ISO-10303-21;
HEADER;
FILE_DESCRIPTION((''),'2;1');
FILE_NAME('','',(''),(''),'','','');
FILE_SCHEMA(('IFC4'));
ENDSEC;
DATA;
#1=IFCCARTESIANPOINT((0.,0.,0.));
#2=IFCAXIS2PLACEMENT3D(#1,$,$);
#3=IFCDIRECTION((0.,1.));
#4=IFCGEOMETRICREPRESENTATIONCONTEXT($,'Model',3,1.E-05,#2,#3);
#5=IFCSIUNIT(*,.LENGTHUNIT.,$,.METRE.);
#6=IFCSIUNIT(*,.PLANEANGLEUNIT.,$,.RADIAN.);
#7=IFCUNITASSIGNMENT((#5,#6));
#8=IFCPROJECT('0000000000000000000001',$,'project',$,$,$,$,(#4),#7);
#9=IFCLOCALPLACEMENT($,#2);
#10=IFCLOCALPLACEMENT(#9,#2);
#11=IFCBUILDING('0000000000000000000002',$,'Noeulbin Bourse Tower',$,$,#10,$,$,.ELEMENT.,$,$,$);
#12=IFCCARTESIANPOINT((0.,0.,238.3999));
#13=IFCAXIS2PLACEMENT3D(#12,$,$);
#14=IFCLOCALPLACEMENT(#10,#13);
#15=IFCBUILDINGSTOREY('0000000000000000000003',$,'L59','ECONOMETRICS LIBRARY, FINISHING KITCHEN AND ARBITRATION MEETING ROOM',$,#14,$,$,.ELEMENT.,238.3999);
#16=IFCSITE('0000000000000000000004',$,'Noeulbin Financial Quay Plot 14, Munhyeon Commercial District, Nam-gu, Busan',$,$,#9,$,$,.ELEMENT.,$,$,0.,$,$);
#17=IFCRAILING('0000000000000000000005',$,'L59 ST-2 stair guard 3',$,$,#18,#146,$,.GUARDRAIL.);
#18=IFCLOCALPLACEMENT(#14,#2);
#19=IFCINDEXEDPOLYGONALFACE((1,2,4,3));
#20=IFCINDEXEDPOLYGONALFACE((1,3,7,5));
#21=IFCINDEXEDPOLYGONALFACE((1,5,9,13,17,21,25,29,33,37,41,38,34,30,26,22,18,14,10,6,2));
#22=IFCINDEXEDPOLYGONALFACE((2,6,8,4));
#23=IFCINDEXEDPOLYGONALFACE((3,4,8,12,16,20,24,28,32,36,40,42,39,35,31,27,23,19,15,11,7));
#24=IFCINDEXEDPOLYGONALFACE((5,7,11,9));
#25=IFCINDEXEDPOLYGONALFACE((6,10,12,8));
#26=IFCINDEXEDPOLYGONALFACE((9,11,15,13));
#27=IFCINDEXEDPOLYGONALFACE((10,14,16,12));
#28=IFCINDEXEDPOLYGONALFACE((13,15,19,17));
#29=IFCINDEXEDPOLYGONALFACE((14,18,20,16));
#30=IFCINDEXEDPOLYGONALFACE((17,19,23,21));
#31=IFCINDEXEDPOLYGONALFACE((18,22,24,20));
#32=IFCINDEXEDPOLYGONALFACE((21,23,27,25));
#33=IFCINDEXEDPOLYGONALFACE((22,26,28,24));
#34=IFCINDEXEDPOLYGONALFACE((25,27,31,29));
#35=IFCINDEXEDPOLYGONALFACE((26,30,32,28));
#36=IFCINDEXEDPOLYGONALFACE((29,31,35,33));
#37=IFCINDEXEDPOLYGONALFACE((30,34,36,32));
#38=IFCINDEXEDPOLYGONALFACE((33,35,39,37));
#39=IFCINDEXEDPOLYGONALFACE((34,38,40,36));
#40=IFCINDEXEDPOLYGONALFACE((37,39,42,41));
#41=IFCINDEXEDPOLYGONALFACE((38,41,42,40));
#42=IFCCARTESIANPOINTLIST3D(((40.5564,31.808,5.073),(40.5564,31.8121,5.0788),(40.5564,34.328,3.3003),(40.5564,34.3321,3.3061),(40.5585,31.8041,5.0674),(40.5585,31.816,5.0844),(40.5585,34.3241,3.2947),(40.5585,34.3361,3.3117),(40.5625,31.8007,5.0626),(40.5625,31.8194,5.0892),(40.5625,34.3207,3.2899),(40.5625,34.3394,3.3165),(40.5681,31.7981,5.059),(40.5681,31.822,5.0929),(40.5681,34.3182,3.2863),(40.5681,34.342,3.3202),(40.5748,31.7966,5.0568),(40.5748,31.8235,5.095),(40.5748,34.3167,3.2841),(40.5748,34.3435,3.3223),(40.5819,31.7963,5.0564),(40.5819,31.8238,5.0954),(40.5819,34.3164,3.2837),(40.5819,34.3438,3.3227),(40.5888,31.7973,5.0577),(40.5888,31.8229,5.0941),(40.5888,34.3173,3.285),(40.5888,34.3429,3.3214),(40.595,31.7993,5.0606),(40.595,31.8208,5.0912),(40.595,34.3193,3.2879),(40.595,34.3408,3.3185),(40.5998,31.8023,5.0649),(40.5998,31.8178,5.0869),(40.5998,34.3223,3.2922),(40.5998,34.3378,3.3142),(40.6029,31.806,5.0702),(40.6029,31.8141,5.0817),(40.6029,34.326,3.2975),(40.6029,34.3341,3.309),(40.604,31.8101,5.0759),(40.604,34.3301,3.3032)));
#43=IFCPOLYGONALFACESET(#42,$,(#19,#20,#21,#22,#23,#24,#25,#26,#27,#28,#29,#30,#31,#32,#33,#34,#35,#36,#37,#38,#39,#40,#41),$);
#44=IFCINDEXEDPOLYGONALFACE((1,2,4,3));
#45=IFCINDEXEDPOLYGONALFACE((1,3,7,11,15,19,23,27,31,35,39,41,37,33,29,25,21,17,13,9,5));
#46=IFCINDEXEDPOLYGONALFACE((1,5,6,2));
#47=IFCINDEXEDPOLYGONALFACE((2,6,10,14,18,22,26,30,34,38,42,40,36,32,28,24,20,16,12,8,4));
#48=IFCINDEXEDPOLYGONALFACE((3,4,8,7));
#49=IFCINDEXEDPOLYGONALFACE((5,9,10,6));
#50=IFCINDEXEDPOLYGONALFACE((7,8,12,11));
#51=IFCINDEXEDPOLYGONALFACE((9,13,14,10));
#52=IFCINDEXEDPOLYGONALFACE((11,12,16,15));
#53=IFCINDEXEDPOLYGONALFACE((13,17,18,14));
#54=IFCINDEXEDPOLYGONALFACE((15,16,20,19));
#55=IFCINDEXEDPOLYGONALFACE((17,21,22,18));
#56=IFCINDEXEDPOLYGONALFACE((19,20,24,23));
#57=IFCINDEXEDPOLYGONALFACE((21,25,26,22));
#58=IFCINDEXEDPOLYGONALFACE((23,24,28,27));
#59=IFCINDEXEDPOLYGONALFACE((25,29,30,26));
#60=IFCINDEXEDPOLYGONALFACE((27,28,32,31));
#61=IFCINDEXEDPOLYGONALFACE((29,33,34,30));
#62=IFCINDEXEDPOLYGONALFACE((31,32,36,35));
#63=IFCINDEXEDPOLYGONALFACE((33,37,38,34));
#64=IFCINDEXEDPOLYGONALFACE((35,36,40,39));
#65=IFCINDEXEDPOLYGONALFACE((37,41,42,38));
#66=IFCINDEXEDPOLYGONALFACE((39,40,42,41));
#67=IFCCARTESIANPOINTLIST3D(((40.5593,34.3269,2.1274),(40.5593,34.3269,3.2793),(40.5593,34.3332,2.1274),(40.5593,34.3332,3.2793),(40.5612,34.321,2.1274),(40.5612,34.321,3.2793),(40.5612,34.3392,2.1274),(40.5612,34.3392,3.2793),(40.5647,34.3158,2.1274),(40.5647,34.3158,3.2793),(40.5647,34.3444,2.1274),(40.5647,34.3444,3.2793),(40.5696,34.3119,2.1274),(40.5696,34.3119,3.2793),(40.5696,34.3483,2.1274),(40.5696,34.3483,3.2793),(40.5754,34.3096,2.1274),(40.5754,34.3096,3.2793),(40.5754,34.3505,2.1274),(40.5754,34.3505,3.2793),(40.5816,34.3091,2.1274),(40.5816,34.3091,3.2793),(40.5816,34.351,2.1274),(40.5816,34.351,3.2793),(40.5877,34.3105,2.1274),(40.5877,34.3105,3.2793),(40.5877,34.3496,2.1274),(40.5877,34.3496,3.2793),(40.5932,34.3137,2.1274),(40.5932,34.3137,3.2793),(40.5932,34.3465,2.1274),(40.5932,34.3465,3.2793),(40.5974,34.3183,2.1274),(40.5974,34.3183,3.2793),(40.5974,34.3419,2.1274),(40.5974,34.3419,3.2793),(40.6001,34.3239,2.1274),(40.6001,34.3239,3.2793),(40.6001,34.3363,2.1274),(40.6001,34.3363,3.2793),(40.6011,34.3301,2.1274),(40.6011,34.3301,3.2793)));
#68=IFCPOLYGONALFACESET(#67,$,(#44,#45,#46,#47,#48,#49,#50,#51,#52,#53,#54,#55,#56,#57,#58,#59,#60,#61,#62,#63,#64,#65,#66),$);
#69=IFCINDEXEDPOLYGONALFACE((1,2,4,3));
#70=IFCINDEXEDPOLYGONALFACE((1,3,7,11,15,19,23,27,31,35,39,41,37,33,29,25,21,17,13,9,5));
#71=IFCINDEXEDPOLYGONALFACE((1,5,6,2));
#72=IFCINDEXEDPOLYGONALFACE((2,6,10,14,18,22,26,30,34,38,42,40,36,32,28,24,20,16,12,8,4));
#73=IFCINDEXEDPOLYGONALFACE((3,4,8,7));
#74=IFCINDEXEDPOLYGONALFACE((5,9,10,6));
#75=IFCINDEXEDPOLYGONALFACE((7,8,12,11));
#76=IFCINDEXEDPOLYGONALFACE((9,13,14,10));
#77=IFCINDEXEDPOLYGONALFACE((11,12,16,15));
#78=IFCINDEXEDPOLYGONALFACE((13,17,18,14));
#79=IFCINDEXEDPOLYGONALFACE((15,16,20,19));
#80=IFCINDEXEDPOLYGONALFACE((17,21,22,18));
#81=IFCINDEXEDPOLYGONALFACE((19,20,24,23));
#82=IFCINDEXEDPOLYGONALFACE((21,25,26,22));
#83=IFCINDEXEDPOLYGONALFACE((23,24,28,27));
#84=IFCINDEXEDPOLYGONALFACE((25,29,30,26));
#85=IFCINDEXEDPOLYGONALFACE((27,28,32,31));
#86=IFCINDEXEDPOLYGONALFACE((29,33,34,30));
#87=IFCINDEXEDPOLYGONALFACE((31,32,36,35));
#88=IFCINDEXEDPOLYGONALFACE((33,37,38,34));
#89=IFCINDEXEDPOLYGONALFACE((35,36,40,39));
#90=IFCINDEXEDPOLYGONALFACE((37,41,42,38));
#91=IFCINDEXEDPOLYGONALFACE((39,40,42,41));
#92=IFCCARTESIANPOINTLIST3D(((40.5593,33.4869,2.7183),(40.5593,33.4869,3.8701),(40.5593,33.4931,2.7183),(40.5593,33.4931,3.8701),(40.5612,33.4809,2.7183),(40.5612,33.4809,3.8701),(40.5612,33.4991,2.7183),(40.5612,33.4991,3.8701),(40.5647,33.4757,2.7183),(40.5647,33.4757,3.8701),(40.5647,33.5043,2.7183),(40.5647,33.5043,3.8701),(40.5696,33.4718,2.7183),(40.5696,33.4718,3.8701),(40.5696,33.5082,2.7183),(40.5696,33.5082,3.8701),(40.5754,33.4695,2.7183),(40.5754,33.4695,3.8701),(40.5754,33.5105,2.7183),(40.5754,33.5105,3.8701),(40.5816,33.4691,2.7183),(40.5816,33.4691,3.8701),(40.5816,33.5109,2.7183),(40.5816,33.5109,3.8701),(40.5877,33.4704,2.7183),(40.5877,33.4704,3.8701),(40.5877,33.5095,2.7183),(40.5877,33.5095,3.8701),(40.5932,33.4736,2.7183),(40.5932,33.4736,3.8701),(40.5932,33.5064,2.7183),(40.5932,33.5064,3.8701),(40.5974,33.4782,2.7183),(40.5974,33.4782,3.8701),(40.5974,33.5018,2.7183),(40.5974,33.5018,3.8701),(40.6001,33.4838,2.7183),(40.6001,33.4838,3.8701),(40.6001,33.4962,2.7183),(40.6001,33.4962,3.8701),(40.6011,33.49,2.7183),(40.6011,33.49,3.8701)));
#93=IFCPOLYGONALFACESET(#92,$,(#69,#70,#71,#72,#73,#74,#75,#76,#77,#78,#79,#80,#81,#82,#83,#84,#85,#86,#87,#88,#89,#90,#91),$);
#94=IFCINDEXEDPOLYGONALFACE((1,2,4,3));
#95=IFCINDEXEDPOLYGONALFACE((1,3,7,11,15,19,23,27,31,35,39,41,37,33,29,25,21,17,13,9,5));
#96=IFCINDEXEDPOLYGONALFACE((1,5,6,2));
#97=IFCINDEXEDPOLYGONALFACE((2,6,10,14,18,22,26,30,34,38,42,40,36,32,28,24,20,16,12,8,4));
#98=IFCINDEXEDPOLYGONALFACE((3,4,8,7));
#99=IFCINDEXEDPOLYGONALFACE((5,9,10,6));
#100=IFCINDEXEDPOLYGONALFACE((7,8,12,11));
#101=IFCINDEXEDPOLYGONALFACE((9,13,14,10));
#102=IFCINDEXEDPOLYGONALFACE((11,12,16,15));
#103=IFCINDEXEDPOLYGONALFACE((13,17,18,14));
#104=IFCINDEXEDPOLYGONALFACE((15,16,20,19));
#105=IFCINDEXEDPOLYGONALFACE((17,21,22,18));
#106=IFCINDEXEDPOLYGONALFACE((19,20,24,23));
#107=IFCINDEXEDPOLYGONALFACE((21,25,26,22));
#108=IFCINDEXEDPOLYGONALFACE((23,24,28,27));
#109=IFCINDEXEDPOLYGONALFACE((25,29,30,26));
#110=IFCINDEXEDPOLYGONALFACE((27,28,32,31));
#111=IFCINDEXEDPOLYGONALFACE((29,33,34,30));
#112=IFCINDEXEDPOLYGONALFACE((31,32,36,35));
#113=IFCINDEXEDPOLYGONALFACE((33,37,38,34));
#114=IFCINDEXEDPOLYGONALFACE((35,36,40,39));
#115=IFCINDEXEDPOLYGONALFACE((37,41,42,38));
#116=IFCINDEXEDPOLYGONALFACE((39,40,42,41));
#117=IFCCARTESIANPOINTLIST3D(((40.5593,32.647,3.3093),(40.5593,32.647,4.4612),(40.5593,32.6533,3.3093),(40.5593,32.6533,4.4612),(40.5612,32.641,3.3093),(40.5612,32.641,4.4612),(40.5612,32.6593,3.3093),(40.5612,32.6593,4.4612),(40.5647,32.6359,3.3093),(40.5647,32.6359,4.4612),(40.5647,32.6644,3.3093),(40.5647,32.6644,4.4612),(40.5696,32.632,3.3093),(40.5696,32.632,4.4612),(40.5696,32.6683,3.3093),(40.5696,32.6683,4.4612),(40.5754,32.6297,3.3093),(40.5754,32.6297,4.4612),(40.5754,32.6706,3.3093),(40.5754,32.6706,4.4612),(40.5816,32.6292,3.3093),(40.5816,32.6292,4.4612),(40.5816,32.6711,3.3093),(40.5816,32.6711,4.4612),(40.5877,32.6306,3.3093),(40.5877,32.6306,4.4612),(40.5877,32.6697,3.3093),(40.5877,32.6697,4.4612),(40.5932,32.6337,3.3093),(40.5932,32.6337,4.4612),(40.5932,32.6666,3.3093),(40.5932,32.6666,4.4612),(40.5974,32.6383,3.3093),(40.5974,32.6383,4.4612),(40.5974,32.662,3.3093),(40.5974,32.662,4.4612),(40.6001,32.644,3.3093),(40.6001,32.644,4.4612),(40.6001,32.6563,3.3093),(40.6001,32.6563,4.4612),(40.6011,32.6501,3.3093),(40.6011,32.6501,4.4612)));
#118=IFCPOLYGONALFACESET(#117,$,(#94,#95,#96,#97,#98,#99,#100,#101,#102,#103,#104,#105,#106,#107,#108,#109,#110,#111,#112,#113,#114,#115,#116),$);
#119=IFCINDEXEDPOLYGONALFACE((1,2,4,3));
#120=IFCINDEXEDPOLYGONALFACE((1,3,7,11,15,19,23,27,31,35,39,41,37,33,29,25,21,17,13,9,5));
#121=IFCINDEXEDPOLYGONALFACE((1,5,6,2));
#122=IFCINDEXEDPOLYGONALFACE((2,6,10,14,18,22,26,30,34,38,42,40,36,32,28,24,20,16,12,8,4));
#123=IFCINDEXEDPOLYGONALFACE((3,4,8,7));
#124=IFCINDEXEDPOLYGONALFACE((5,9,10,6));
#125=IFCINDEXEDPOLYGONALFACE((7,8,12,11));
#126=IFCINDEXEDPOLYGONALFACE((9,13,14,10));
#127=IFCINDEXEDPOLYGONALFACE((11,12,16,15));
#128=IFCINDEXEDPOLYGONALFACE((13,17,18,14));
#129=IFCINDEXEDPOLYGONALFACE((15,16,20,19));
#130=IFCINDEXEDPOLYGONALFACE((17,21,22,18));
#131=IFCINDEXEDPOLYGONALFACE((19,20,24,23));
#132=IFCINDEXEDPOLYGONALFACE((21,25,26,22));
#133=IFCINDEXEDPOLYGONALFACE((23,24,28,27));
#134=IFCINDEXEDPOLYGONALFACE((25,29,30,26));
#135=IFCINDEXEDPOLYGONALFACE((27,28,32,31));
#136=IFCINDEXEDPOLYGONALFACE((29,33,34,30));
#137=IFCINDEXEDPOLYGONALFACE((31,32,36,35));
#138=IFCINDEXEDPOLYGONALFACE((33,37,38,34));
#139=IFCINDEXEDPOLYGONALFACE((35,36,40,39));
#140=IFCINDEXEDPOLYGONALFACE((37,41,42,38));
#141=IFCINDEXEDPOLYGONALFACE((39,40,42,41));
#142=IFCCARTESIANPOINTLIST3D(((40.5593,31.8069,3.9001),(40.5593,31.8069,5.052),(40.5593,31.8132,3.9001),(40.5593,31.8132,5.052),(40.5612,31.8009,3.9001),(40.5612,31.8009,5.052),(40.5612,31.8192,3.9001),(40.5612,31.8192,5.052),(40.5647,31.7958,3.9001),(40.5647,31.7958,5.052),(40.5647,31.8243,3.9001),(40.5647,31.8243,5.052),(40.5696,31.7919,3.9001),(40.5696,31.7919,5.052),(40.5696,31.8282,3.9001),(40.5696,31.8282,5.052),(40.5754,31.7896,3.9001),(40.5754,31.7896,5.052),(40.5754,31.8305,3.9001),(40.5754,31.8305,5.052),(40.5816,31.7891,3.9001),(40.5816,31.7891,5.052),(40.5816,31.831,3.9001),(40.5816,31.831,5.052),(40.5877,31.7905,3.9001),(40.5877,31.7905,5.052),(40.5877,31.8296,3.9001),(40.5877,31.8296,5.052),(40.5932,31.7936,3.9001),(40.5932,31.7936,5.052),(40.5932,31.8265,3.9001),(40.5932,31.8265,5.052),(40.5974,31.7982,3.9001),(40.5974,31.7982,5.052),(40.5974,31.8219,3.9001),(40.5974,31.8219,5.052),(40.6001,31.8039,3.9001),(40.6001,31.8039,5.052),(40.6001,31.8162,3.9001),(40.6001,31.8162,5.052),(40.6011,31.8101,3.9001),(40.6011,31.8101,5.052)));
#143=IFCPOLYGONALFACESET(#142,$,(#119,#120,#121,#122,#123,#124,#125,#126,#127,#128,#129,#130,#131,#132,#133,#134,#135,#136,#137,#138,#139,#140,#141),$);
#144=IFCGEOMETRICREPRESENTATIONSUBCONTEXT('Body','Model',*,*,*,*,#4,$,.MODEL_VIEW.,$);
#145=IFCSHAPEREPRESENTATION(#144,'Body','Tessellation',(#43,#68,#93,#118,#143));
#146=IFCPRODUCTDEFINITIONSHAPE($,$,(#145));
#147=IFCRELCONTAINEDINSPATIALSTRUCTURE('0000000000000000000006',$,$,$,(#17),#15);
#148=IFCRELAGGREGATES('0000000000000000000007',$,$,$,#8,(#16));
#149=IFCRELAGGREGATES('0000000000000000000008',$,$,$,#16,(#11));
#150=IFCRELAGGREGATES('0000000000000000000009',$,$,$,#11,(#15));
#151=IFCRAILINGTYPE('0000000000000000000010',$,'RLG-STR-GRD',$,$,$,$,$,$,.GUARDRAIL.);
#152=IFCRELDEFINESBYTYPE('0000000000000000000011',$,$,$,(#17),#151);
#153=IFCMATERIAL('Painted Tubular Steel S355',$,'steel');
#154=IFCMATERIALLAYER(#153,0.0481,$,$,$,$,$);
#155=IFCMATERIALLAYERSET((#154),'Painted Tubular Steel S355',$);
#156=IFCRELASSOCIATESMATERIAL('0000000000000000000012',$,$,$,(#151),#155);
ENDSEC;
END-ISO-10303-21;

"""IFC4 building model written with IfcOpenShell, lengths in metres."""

from ifc_helpers import new_model, si_unit, direction, frame, origin, origin_2d, place, context, subcontext, project, spatial, circle, extrude, material, layer, layer_set, type_object, element, save


model = new_model("IFC4")

# Units and contexts
model_context = context("Model", 3, precision=1e-05, world=origin(), true_north=direction((0.0, 1.0)))
body_context = subcontext(model_context, "Body", "Model", "MODEL_VIEW")
ifc_project = project(units=[si_unit("LENGTHUNIT", "METRE"), si_unit("PLANEANGLEUNIT", "RADIAN")], contexts=[model_context])

# Site, building, storey
site_placement = place(None, origin())
site = spatial("IfcSite", under=ifc_project, at=site_placement, Name="Noeulbin Financial Quay Plot 14, Munhyeon Commercial District, Nam-gu, Busan", CompositionType="ELEMENT", RefElevation=0.0)
building_placement = place(site_placement, origin())
building = spatial("IfcBuilding", under=site, at=building_placement, Name="Noeulbin Bourse Tower", CompositionType="ELEMENT")
storey_placement = place(building_placement, frame((0.0, 0.0, 238.3999)))
storey = spatial("IfcBuildingStorey", under=building, at=storey_placement, Name="L59", Description="ECONOMETRICS LIBRARY, FINISHING KITCHEN AND ARBITRATION MEETING ROOM", CompositionType="ELEMENT", Elevation=238.3999)

# Railing
ifc_material_1 = material(Name="Painted Tubular Steel S355", Category="steel")
ifc_layer_1 = layer(ifc_material_1, 0.0481)
ifc_layer_set_1 = layer_set([ifc_layer_1], Name="Painted Tubular Steel S355")
railing_type_1 = type_object("IfcRailingType", Name="RLG-STR-GRD", PredefinedType="GUARDRAIL", material=ifc_layer_set_1)
railing_1_placement = place(storey_placement, frame((40.5801, 34.3301, 2.1274)))
element("IfcRailing", 1, at=railing_1_placement, inside=storey, type_object=railing_type_1, Name="L59 ST-2 stair guard 3", PredefinedType="GUARDRAIL", context=body_context, shape_type="SweptSolid", body=[
    extrude(circle(Radius=0.0239, at=origin_2d()), frame((0.0, 0.0, 1.1758), z_axis=(0.0, -0.817904, 0.575354), x_axis=(1.0, 0.0, 0.0)), (0.0, 0.0, 1.0), 3.0811),
    extrude(circle(Radius=0.021, at=origin_2d()), origin(), (0.0, 0.0, 1.0), 1.1519),
    extrude(circle(Radius=0.021, at=origin_2d()), frame((0.0, -0.8401, 0.5908)), (0.0, 0.0, 1.0), 1.1519),
    extrude(circle(Radius=0.021, at=origin_2d()), frame((0.0, -1.6799, 1.1819)), (0.0, 0.0, 1.0), 1.1519),
    extrude(circle(Radius=0.021, at=origin_2d()), frame((0.0, -2.52, 1.7727)), (0.0, 0.0, 1.0), 1.1519),
])

save(model, "model.ifc")
